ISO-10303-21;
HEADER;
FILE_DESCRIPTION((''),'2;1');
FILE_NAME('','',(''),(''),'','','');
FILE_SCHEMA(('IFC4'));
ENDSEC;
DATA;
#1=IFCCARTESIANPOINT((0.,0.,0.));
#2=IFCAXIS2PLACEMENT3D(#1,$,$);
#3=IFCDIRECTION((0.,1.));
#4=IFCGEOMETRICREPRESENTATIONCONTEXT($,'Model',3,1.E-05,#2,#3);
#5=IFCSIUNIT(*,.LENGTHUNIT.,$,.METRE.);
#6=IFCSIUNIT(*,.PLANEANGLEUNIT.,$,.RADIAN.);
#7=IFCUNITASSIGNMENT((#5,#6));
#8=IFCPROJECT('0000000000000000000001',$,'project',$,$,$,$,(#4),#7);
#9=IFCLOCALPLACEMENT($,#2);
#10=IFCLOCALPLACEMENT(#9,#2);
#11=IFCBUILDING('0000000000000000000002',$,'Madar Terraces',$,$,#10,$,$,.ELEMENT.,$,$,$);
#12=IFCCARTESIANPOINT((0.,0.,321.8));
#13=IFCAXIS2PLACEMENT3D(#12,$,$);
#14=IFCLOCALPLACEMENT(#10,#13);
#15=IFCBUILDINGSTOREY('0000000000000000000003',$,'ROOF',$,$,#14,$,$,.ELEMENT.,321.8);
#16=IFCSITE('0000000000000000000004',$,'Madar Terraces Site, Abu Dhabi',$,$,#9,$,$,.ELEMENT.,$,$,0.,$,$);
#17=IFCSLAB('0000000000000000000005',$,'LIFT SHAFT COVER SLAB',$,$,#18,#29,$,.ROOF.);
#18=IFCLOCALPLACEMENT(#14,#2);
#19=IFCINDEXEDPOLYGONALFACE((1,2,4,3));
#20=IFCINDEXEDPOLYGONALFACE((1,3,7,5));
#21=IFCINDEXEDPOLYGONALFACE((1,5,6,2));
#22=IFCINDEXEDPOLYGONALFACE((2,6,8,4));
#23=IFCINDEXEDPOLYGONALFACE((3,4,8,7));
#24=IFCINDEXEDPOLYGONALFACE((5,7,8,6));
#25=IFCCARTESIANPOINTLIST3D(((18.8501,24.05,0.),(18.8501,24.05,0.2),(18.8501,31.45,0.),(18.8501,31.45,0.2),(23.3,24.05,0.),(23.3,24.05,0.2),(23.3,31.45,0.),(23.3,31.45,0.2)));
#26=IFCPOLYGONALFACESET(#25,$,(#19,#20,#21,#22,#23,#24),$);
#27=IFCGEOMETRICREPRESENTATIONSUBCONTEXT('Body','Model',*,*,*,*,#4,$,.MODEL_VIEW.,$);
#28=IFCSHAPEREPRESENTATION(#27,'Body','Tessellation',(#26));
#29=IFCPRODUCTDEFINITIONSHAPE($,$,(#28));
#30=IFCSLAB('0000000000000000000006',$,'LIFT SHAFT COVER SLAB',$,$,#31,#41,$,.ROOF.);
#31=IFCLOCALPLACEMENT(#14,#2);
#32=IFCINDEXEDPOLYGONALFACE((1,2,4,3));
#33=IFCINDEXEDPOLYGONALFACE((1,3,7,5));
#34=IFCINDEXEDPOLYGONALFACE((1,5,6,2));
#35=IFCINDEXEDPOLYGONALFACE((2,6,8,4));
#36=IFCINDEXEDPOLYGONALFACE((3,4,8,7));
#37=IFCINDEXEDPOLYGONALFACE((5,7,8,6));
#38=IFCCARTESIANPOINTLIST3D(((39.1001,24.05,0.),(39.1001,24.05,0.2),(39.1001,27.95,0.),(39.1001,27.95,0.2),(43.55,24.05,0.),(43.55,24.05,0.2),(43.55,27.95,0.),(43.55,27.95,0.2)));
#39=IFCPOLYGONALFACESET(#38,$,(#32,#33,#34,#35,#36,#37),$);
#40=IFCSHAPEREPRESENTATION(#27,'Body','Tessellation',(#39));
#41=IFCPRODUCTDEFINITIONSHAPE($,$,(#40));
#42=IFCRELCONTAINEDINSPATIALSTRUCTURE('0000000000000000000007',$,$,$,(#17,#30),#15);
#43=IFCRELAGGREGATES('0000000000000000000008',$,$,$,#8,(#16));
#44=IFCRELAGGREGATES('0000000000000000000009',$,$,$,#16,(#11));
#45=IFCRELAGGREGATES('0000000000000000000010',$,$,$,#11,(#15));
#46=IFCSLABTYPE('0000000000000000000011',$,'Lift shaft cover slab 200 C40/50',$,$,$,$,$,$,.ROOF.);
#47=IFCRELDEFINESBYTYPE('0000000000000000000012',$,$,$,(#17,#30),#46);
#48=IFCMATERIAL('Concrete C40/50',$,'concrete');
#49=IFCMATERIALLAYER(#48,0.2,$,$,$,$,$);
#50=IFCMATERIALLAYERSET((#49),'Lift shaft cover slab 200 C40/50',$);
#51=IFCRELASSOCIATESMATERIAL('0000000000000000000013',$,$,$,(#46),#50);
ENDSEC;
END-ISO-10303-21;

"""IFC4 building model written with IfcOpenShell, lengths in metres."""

from ifc_helpers import new_model, si_unit, direction, frame, origin, place, context, subcontext, project, spatial, polyline, outline, extrude, material, layer, layer_set, type_object, element, save


model = new_model("IFC4")

# Units and contexts
model_context = context("Model", 3, precision=1e-05, world=origin(), true_north=direction((0.0, 1.0)))
body_context = subcontext(model_context, "Body", "Model", "MODEL_VIEW")
ifc_project = project(units=[si_unit("LENGTHUNIT", "METRE"), si_unit("PLANEANGLEUNIT", "RADIAN")], contexts=[model_context])

# Site, building, storey
site_placement = place(None, origin())
site = spatial("IfcSite", under=ifc_project, at=site_placement, Name="Madar Terraces Site, Abu Dhabi", CompositionType="ELEMENT", RefElevation=0.0)
building_placement = place(site_placement, origin())
building = spatial("IfcBuilding", under=site, at=building_placement, Name="Madar Terraces", CompositionType="ELEMENT")
storey_placement = place(building_placement, frame((0.0, 0.0, 321.8)))
storey = spatial("IfcBuildingStorey", under=building, at=storey_placement, Name="ROOF", CompositionType="ELEMENT", Elevation=321.8)

# Slabs
ifc_material = material(Name="Concrete C40/50", Category="concrete")
ifc_layer = layer(ifc_material, 0.2)
ifc_layer_set = layer_set([ifc_layer], Name="Lift shaft cover slab 200 C40/50")
slab_type = type_object("IfcSlabType", Name="Lift shaft cover slab 200 C40/50", PredefinedType="ROOF", material=ifc_layer_set)
slab_1_placement = place(storey_placement, origin())
element("IfcSlab", 1, at=slab_1_placement, inside=storey, type_object=slab_type, Name="LIFT SHAFT COVER SLAB", PredefinedType="ROOF", context=body_context, shape_type="SweptSolid", body=[
    extrude(outline(polyline([(18.8501, 24.05), (23.3, 24.05), (23.3, 31.45), (18.8501, 31.45), (18.8501, 24.05)])), origin(), (0.0, 0.0, 1.0), 0.2),
])
slab_2_placement = place(storey_placement, origin())
element("IfcSlab", 2, at=slab_2_placement, inside=storey, type_object=slab_type, Name="LIFT SHAFT COVER SLAB", PredefinedType="ROOF", context=body_context, shape_type="SweptSolid", body=[
    extrude(outline(polyline([(39.1001, 24.05), (43.55, 24.05), (43.55, 27.95), (39.1001, 27.95), (39.1001, 24.05)])), origin(), (0.0, 0.0, 1.0), 0.2),
])

save(model, "model.ifc")
